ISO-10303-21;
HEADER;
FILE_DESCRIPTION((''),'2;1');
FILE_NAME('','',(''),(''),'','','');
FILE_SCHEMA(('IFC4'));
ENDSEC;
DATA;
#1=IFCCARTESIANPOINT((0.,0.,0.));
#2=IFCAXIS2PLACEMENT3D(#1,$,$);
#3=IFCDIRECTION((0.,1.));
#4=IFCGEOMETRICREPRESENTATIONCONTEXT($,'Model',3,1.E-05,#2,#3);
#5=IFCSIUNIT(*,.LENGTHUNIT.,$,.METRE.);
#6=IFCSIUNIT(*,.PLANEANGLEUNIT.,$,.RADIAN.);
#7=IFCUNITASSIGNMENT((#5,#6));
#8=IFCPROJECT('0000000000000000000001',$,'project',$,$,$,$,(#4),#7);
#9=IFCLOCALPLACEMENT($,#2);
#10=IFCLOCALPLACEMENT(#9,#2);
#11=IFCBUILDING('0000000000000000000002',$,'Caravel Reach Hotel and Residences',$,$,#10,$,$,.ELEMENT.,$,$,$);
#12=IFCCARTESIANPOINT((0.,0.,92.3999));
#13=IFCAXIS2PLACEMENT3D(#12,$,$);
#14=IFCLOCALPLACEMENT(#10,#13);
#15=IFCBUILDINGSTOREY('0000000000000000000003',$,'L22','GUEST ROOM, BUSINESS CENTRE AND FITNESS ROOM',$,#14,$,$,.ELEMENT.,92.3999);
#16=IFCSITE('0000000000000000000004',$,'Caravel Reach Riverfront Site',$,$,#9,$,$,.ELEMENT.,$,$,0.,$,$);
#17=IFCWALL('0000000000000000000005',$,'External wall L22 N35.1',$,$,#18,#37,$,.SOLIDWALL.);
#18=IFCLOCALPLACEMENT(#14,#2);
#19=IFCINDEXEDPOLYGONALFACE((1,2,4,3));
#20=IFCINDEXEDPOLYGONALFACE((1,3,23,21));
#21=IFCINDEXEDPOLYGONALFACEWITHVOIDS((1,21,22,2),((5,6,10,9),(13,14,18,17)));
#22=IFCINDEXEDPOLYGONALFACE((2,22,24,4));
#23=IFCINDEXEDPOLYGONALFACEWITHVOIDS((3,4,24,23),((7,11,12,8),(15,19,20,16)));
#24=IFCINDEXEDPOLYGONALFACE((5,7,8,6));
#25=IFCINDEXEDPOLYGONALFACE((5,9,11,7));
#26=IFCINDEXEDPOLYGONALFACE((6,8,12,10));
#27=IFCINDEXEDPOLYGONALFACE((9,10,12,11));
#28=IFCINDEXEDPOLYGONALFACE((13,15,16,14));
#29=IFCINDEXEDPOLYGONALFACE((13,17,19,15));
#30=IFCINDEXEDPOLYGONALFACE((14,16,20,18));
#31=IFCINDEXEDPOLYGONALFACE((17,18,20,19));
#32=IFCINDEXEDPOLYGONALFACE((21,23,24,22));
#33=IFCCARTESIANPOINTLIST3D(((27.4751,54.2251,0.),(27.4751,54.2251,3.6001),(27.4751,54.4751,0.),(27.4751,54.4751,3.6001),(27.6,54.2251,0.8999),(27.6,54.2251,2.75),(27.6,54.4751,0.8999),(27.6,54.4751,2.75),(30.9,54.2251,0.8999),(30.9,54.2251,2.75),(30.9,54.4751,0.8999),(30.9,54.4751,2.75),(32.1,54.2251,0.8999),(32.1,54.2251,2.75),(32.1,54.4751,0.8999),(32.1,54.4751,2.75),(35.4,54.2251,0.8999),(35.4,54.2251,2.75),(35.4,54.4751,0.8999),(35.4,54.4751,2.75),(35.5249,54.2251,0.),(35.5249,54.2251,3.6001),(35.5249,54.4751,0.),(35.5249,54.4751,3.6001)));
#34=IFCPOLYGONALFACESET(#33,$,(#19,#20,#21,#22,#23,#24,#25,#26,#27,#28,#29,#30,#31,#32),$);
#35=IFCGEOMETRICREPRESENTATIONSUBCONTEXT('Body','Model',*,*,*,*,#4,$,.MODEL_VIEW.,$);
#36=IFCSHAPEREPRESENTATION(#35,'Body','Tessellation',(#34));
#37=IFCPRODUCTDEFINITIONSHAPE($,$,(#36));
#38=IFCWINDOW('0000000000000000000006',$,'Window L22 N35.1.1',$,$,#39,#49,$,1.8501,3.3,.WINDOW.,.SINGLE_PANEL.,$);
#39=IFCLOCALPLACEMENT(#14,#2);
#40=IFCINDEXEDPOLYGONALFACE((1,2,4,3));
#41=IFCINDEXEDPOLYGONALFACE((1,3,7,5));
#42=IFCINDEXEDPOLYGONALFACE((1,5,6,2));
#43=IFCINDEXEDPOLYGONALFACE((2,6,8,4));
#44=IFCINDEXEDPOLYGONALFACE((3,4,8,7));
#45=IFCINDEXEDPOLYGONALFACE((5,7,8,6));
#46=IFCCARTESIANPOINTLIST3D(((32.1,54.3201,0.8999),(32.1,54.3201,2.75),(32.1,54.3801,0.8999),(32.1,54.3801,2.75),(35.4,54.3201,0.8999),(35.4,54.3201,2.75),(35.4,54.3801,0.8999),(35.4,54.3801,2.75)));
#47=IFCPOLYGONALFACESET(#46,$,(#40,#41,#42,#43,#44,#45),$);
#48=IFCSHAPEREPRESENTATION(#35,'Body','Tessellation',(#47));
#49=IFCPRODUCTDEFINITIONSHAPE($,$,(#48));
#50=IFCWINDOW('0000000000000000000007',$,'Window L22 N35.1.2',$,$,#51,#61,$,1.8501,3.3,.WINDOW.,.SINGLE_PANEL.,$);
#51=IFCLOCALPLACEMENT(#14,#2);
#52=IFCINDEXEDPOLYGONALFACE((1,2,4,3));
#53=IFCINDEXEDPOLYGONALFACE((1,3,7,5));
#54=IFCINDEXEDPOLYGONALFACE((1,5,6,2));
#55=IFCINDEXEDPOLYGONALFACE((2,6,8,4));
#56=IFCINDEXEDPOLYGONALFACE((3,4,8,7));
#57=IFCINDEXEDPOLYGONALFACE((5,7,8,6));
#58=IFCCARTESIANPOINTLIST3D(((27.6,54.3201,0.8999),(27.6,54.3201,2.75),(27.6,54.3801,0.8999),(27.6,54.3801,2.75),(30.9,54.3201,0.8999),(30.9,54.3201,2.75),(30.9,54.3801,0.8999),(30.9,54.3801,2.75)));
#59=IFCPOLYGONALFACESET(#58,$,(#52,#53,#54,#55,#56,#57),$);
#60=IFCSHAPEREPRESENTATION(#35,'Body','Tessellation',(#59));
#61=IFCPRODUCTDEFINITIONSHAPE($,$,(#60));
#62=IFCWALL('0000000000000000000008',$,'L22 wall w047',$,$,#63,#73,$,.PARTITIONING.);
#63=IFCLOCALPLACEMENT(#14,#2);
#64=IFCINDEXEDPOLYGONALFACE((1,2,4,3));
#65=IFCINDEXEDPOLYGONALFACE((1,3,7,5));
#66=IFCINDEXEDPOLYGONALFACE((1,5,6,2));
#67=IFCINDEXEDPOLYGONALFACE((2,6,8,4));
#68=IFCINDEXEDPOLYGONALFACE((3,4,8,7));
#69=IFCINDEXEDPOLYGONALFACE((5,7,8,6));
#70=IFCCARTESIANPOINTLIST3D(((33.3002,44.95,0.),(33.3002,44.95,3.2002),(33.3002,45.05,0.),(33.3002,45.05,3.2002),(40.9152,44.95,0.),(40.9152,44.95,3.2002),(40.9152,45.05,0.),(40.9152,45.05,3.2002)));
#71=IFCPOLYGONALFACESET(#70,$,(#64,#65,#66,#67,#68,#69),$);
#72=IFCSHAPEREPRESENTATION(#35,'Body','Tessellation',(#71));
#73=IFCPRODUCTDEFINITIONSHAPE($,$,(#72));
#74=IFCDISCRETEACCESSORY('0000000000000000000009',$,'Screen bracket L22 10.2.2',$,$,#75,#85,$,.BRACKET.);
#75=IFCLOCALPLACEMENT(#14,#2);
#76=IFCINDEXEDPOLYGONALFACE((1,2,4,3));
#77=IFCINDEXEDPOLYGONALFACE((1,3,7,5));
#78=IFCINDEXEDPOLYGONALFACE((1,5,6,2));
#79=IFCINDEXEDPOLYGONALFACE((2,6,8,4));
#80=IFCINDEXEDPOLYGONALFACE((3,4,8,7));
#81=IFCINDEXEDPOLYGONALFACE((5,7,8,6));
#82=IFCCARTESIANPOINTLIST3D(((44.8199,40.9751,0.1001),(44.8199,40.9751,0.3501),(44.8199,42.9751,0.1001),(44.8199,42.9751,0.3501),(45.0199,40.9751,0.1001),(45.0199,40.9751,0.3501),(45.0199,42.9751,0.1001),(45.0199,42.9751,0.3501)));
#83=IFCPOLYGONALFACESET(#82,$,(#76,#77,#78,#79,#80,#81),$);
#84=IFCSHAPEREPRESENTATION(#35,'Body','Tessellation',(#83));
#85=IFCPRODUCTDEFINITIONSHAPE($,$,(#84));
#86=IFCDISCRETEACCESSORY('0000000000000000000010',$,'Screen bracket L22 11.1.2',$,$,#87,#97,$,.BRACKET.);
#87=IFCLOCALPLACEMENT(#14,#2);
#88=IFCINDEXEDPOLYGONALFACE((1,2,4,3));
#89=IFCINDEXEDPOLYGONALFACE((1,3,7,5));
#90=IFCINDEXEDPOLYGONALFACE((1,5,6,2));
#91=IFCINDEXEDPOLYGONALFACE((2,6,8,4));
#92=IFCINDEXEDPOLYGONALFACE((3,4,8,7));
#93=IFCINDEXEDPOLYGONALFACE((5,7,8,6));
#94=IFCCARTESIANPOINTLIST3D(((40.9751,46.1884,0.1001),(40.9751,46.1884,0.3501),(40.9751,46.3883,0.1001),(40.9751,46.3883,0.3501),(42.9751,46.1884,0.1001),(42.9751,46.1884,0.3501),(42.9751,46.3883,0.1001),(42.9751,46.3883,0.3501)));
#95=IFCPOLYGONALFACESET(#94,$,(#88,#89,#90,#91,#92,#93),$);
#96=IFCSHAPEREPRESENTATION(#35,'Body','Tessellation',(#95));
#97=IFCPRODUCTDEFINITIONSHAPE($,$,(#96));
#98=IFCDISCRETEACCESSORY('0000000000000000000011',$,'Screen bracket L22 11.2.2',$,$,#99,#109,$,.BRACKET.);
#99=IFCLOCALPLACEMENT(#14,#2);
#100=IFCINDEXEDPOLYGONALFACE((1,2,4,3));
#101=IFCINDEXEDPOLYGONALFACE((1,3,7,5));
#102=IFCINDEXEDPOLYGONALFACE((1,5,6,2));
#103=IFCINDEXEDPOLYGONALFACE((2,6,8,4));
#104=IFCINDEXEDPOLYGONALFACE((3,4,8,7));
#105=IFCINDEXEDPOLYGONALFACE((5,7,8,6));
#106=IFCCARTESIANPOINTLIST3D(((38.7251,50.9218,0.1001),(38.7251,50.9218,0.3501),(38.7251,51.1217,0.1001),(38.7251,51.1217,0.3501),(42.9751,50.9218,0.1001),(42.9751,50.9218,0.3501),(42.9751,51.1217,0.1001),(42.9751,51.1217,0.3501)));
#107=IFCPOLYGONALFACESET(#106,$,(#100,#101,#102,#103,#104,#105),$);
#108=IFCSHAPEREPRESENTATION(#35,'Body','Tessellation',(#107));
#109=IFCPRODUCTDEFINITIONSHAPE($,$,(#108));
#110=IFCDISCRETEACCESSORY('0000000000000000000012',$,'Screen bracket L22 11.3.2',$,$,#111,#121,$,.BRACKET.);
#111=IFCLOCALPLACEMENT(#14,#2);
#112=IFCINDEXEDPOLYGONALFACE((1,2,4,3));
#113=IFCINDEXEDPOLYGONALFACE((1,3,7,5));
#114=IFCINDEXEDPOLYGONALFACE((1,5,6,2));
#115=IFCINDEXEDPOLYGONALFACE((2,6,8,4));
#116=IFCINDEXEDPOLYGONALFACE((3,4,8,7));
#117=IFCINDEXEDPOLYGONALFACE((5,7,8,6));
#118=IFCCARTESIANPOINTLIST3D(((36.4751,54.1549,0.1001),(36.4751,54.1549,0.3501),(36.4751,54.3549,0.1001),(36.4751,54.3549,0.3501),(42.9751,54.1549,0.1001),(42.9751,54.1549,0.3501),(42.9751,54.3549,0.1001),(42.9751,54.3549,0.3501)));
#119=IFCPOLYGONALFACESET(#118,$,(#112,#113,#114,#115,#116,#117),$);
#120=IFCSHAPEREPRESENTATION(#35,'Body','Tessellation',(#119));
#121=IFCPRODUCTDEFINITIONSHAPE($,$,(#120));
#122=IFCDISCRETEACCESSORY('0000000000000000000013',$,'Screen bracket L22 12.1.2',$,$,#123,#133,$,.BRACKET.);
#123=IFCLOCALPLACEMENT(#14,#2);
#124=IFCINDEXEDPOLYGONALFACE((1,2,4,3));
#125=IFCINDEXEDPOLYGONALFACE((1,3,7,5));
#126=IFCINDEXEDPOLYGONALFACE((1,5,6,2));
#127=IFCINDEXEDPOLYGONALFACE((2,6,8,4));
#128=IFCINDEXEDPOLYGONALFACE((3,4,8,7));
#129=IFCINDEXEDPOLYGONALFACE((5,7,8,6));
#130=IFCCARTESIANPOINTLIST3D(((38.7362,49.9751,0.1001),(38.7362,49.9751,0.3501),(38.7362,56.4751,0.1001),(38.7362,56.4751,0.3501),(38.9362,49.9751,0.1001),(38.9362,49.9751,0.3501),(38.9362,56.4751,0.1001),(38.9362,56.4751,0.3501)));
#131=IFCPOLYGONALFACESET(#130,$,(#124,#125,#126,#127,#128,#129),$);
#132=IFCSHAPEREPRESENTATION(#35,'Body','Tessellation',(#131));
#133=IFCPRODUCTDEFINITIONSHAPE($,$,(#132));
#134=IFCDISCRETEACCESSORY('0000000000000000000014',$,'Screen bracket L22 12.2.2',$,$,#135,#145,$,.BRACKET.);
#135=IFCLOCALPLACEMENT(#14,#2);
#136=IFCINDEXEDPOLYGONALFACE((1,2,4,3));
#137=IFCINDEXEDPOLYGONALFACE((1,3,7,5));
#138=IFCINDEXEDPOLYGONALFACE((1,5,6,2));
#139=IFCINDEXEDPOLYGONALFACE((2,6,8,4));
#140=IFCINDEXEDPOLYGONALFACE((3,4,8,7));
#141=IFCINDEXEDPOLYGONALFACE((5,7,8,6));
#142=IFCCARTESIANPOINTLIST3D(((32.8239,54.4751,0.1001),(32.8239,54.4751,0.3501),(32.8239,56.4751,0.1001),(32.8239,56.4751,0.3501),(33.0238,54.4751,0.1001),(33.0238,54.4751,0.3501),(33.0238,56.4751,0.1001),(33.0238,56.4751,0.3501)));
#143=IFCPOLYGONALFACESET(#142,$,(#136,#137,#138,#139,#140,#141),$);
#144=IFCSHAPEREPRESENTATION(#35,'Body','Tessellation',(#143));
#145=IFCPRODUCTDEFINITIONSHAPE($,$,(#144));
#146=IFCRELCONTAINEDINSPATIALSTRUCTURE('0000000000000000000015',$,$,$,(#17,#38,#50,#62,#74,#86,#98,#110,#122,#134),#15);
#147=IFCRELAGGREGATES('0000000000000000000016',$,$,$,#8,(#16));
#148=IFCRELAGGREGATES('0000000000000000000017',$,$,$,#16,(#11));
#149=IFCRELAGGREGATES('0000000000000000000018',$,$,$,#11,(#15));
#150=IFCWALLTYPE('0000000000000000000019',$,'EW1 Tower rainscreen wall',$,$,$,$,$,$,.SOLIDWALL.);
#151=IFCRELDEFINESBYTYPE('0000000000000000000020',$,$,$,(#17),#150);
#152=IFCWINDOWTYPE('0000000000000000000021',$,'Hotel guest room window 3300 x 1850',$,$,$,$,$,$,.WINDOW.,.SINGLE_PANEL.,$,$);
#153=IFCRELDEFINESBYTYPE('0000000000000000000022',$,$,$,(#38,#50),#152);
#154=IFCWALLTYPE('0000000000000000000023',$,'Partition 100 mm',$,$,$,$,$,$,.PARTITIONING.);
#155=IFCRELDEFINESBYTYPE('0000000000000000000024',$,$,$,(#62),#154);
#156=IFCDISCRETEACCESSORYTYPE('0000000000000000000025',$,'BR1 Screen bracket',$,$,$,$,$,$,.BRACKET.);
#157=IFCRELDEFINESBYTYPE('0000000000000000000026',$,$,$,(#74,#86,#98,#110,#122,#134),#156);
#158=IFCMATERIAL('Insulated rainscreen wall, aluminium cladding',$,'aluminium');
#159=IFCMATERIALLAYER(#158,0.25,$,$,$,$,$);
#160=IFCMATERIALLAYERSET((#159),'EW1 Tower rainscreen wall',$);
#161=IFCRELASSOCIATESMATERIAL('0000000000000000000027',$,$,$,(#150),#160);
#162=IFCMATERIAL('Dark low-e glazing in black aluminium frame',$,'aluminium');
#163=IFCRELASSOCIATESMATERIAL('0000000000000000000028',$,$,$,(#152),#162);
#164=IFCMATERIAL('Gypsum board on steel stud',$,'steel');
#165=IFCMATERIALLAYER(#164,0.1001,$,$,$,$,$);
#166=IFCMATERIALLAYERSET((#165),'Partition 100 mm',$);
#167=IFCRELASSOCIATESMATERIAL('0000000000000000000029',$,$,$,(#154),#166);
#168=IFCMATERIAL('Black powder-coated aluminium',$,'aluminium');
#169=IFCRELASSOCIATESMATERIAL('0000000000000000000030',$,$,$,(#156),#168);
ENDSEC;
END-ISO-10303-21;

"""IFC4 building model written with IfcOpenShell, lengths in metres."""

from ifc_helpers import new_model, si_unit, direction, frame, frame_2d, origin, origin_2d, place, context, subcontext, project, spatial, rectangle, extrude, material, layer, layer_set, type_object, element, fill, save


model = new_model("IFC4")

# Units and contexts
model_context = context("Model", 3, precision=1e-05, world=origin(), true_north=direction((0.0, 1.0)))
body_context = subcontext(model_context, "Body", "Model", "MODEL_VIEW")
ifc_project = project(units=[si_unit("LENGTHUNIT", "METRE"), si_unit("PLANEANGLEUNIT", "RADIAN")], contexts=[model_context])

# Site, building, storey
site_placement = place(None, origin())
site = spatial("IfcSite", under=ifc_project, at=site_placement, Name="Caravel Reach Riverfront Site", CompositionType="ELEMENT", RefElevation=0.0)
building_placement = place(site_placement, origin())
building = spatial("IfcBuilding", under=site, at=building_placement, Name="Caravel Reach Hotel and Residences", CompositionType="ELEMENT")
storey_placement = place(building_placement, frame((0.0, 0.0, 92.3999)))
storey = spatial("IfcBuildingStorey", under=building, at=storey_placement, Name="L22", Description="GUEST ROOM, BUSINESS CENTRE AND FITNESS ROOM", CompositionType="ELEMENT", Elevation=92.3999)

# Shared definitions
ifc_material_1 = material(Name="Insulated rainscreen wall, aluminium cladding", Category="aluminium")
ifc_layer_1 = layer(ifc_material_1, 0.25)
ifc_layer_set_1 = layer_set([ifc_layer_1], Name="EW1 Tower rainscreen wall")
wall_type_1 = type_object("IfcWallType", Name="EW1 Tower rainscreen wall", PredefinedType="SOLIDWALL", material=ifc_layer_set_1)

# Wall, openings, windows
wall_1_placement = place(storey_placement, frame((35.5249, 54.3501, 0.0), z_axis=(0.0, 0.0, 1.0), x_axis=(-1.0, 0.0, 0.0)))
wall_1 = element("IfcWall", 1, at=wall_1_placement, inside=storey, type_object=wall_type_1, Name="External wall L22 N35.1", PredefinedType="SOLIDWALL", context=body_context, shape_type="SweptSolid", body=[
    extrude(rectangle(XDim=8.0498, YDim=0.25, at=frame_2d((4.0249, 0.0))), origin(), (0.0, 0.0, 1.0), 3.6001),
])
opening_1_placement = place(wall_1_placement, frame((0.125, 0.0, 0.8999)))
opening_1 = element("IfcOpeningElement", 2, at=opening_1_placement, cuts=wall_1, PredefinedType="OPENING", context=body_context, shape_type="SweptSolid", body=[
    extrude(rectangle(XDim=3.3, YDim=1.8501, at=frame_2d((1.6499, 0.925))), frame((0.0, 0.135, 0.0), z_axis=(0.0, -1.0, 0.0), x_axis=(1.0, 0.0, 0.0)), (0.0, 0.0, 1.0), 0.27),
])
opening_2_placement = place(wall_1_placement, frame((4.625, 0.0, 0.8999)))
opening_2 = element("IfcOpeningElement", 3, at=opening_2_placement, cuts=wall_1, PredefinedType="OPENING", context=body_context, shape_type="SweptSolid", body=[
    extrude(rectangle(XDim=3.3, YDim=1.8501, at=frame_2d((1.6499, 0.925))), frame((0.0, 0.135, 0.0), z_axis=(0.0, -1.0, 0.0), x_axis=(1.0, 0.0, 0.0)), (0.0, 0.0, 1.0), 0.27),
])
ifc_material_2 = material(Name="Dark low-e glazing in black aluminium frame", Category="aluminium")
window_type_1 = type_object("IfcWindowType", Name="Hotel guest room window 3300 x 1850", PartitioningType="SINGLE_PANEL", PredefinedType="WINDOW", material=ifc_material_2)
window_1_placement = place(opening_1_placement, origin())
window_1 = element("IfcWindow", 4, at=window_1_placement, inside=storey, type_object=window_type_1, Name="Window L22 N35.1.1", OverallHeight=1.8501, OverallWidth=3.3, PartitioningType="SINGLE_PANEL", PredefinedType="WINDOW", context=body_context, shape_type="SweptSolid", body=[
    extrude(rectangle(XDim=3.3, YDim=1.8501, at=frame_2d((1.6499, 0.925))), frame((0.0, 0.03, 0.0), z_axis=(0.0, -1.0, 0.0), x_axis=(1.0, 0.0, 0.0)), (0.0, 0.0, 1.0), 0.0601),
])
fill(opening_1, window_1)
window_2_placement = place(opening_2_placement, origin())
window_2 = element("IfcWindow", 5, at=window_2_placement, inside=storey, type_object=window_type_1, Name="Window L22 N35.1.2", OverallHeight=1.8501, OverallWidth=3.3, PartitioningType="SINGLE_PANEL", PredefinedType="WINDOW", context=body_context, shape_type="SweptSolid", body=[
    extrude(rectangle(XDim=3.3, YDim=1.8501, at=frame_2d((1.6499, 0.925))), frame((0.0, 0.03, 0.0), z_axis=(0.0, -1.0, 0.0), x_axis=(1.0, 0.0, 0.0)), (0.0, 0.0, 1.0), 0.0601),
])
fill(opening_2, window_2)

# Wall
ifc_material_3 = material(Name="Gypsum board on steel stud", Category="steel")
ifc_layer_2 = layer(ifc_material_3, 0.1001)
ifc_layer_set_2 = layer_set([ifc_layer_2], Name="Partition 100 mm")
wall_type_2 = type_object("IfcWallType", Name="Partition 100 mm", PredefinedType="PARTITIONING", material=ifc_layer_set_2)
wall_2_placement = place(storey_placement, frame((33.3, 45.0, 0.0), z_axis=(0.0, 0.0, 1.0), x_axis=(1.0, 0.0, 0.0)))
element("IfcWall", 6, at=wall_2_placement, inside=storey, type_object=wall_type_2, Name="L22 wall w047", PredefinedType="PARTITIONING", context=body_context, shape_type="SweptSolid", body=[
    extrude(rectangle(XDim=7.615, YDim=0.1001, at=frame_2d((3.8076, 0.0))), origin(), (0.0, 0.0, 1.0), 3.2002),
])

# Discrete accessories
ifc_material_4 = material(Name="Black powder-coated aluminium", Category="aluminium")
discrete_accessory_type = type_object("IfcDiscreteAccessoryType", Name="BR1 Screen bracket", PredefinedType="BRACKET", material=ifc_material_4)
for number, where, z_axis, x_axis, name in (
    (7, (44.9199, 41.9751, 0.1001), (0.0, 0.0, 1.0), (0.0, 1.0, 0.0), "Screen bracket L22 10.2.2"),
    (8, (41.9751, 46.2883, 0.1001), (0.0, 0.0, 1.0), (1.0, 0.0, 0.0), "Screen bracket L22 11.1.2"),
):
    element("IfcDiscreteAccessory", number, at=place(storey_placement, frame(where, z_axis=z_axis, x_axis=x_axis)), inside=storey, type_object=discrete_accessory_type, Name=name, PredefinedType="BRACKET", context=body_context, shape_type="SweptSolid", body=[
        extrude(rectangle(XDim=2.0, YDim=0.2, at=origin_2d()), origin(), (0.0, 0.0, 1.0), 0.25),
    ])
discrete_accessory_1_placement = place(storey_placement, frame((40.8501, 51.0217, 0.1001), z_axis=(0.0, 0.0, 1.0), x_axis=(1.0, 0.0, 0.0)))
element("IfcDiscreteAccessory", 9, at=discrete_accessory_1_placement, inside=storey, type_object=discrete_accessory_type, Name="Screen bracket L22 11.2.2", PredefinedType="BRACKET", context=body_context, shape_type="SweptSolid", body=[
    extrude(rectangle(XDim=4.25, YDim=0.2, at=origin_2d()), origin(), (0.0, 0.0, 1.0), 0.25),
])
for number, where, z_axis, x_axis, name in (
    (10, (39.7251, 54.2549, 0.1001), (0.0, 0.0, 1.0), (1.0, 0.0, 0.0), "Screen bracket L22 11.3.2"),
    (11, (38.8362, 53.2251, 0.1001), (0.0, 0.0, 1.0), (0.0, 1.0, 0.0), "Screen bracket L22 12.1.2"),
):
    element("IfcDiscreteAccessory", number, at=place(storey_placement, frame(where, z_axis=z_axis, x_axis=x_axis)), inside=storey, type_object=discrete_accessory_type, Name=name, PredefinedType="BRACKET", context=body_context, shape_type="SweptSolid", body=[
        extrude(rectangle(XDim=6.5, YDim=0.2, at=origin_2d()), origin(), (0.0, 0.0, 1.0), 0.25),
    ])
discrete_accessory_2_placement = place(storey_placement, frame((32.9238, 55.4751, 0.1001), z_axis=(0.0, 0.0, 1.0), x_axis=(0.0, 1.0, 0.0)))
element("IfcDiscreteAccessory", 12, at=discrete_accessory_2_placement, inside=storey, type_object=discrete_accessory_type, Name="Screen bracket L22 12.2.2", PredefinedType="BRACKET", context=body_context, shape_type="SweptSolid", body=[
    extrude(rectangle(XDim=2.0, YDim=0.2, at=origin_2d()), origin(), (0.0, 0.0, 1.0), 0.25),
])

save(model, "model.ifc")
